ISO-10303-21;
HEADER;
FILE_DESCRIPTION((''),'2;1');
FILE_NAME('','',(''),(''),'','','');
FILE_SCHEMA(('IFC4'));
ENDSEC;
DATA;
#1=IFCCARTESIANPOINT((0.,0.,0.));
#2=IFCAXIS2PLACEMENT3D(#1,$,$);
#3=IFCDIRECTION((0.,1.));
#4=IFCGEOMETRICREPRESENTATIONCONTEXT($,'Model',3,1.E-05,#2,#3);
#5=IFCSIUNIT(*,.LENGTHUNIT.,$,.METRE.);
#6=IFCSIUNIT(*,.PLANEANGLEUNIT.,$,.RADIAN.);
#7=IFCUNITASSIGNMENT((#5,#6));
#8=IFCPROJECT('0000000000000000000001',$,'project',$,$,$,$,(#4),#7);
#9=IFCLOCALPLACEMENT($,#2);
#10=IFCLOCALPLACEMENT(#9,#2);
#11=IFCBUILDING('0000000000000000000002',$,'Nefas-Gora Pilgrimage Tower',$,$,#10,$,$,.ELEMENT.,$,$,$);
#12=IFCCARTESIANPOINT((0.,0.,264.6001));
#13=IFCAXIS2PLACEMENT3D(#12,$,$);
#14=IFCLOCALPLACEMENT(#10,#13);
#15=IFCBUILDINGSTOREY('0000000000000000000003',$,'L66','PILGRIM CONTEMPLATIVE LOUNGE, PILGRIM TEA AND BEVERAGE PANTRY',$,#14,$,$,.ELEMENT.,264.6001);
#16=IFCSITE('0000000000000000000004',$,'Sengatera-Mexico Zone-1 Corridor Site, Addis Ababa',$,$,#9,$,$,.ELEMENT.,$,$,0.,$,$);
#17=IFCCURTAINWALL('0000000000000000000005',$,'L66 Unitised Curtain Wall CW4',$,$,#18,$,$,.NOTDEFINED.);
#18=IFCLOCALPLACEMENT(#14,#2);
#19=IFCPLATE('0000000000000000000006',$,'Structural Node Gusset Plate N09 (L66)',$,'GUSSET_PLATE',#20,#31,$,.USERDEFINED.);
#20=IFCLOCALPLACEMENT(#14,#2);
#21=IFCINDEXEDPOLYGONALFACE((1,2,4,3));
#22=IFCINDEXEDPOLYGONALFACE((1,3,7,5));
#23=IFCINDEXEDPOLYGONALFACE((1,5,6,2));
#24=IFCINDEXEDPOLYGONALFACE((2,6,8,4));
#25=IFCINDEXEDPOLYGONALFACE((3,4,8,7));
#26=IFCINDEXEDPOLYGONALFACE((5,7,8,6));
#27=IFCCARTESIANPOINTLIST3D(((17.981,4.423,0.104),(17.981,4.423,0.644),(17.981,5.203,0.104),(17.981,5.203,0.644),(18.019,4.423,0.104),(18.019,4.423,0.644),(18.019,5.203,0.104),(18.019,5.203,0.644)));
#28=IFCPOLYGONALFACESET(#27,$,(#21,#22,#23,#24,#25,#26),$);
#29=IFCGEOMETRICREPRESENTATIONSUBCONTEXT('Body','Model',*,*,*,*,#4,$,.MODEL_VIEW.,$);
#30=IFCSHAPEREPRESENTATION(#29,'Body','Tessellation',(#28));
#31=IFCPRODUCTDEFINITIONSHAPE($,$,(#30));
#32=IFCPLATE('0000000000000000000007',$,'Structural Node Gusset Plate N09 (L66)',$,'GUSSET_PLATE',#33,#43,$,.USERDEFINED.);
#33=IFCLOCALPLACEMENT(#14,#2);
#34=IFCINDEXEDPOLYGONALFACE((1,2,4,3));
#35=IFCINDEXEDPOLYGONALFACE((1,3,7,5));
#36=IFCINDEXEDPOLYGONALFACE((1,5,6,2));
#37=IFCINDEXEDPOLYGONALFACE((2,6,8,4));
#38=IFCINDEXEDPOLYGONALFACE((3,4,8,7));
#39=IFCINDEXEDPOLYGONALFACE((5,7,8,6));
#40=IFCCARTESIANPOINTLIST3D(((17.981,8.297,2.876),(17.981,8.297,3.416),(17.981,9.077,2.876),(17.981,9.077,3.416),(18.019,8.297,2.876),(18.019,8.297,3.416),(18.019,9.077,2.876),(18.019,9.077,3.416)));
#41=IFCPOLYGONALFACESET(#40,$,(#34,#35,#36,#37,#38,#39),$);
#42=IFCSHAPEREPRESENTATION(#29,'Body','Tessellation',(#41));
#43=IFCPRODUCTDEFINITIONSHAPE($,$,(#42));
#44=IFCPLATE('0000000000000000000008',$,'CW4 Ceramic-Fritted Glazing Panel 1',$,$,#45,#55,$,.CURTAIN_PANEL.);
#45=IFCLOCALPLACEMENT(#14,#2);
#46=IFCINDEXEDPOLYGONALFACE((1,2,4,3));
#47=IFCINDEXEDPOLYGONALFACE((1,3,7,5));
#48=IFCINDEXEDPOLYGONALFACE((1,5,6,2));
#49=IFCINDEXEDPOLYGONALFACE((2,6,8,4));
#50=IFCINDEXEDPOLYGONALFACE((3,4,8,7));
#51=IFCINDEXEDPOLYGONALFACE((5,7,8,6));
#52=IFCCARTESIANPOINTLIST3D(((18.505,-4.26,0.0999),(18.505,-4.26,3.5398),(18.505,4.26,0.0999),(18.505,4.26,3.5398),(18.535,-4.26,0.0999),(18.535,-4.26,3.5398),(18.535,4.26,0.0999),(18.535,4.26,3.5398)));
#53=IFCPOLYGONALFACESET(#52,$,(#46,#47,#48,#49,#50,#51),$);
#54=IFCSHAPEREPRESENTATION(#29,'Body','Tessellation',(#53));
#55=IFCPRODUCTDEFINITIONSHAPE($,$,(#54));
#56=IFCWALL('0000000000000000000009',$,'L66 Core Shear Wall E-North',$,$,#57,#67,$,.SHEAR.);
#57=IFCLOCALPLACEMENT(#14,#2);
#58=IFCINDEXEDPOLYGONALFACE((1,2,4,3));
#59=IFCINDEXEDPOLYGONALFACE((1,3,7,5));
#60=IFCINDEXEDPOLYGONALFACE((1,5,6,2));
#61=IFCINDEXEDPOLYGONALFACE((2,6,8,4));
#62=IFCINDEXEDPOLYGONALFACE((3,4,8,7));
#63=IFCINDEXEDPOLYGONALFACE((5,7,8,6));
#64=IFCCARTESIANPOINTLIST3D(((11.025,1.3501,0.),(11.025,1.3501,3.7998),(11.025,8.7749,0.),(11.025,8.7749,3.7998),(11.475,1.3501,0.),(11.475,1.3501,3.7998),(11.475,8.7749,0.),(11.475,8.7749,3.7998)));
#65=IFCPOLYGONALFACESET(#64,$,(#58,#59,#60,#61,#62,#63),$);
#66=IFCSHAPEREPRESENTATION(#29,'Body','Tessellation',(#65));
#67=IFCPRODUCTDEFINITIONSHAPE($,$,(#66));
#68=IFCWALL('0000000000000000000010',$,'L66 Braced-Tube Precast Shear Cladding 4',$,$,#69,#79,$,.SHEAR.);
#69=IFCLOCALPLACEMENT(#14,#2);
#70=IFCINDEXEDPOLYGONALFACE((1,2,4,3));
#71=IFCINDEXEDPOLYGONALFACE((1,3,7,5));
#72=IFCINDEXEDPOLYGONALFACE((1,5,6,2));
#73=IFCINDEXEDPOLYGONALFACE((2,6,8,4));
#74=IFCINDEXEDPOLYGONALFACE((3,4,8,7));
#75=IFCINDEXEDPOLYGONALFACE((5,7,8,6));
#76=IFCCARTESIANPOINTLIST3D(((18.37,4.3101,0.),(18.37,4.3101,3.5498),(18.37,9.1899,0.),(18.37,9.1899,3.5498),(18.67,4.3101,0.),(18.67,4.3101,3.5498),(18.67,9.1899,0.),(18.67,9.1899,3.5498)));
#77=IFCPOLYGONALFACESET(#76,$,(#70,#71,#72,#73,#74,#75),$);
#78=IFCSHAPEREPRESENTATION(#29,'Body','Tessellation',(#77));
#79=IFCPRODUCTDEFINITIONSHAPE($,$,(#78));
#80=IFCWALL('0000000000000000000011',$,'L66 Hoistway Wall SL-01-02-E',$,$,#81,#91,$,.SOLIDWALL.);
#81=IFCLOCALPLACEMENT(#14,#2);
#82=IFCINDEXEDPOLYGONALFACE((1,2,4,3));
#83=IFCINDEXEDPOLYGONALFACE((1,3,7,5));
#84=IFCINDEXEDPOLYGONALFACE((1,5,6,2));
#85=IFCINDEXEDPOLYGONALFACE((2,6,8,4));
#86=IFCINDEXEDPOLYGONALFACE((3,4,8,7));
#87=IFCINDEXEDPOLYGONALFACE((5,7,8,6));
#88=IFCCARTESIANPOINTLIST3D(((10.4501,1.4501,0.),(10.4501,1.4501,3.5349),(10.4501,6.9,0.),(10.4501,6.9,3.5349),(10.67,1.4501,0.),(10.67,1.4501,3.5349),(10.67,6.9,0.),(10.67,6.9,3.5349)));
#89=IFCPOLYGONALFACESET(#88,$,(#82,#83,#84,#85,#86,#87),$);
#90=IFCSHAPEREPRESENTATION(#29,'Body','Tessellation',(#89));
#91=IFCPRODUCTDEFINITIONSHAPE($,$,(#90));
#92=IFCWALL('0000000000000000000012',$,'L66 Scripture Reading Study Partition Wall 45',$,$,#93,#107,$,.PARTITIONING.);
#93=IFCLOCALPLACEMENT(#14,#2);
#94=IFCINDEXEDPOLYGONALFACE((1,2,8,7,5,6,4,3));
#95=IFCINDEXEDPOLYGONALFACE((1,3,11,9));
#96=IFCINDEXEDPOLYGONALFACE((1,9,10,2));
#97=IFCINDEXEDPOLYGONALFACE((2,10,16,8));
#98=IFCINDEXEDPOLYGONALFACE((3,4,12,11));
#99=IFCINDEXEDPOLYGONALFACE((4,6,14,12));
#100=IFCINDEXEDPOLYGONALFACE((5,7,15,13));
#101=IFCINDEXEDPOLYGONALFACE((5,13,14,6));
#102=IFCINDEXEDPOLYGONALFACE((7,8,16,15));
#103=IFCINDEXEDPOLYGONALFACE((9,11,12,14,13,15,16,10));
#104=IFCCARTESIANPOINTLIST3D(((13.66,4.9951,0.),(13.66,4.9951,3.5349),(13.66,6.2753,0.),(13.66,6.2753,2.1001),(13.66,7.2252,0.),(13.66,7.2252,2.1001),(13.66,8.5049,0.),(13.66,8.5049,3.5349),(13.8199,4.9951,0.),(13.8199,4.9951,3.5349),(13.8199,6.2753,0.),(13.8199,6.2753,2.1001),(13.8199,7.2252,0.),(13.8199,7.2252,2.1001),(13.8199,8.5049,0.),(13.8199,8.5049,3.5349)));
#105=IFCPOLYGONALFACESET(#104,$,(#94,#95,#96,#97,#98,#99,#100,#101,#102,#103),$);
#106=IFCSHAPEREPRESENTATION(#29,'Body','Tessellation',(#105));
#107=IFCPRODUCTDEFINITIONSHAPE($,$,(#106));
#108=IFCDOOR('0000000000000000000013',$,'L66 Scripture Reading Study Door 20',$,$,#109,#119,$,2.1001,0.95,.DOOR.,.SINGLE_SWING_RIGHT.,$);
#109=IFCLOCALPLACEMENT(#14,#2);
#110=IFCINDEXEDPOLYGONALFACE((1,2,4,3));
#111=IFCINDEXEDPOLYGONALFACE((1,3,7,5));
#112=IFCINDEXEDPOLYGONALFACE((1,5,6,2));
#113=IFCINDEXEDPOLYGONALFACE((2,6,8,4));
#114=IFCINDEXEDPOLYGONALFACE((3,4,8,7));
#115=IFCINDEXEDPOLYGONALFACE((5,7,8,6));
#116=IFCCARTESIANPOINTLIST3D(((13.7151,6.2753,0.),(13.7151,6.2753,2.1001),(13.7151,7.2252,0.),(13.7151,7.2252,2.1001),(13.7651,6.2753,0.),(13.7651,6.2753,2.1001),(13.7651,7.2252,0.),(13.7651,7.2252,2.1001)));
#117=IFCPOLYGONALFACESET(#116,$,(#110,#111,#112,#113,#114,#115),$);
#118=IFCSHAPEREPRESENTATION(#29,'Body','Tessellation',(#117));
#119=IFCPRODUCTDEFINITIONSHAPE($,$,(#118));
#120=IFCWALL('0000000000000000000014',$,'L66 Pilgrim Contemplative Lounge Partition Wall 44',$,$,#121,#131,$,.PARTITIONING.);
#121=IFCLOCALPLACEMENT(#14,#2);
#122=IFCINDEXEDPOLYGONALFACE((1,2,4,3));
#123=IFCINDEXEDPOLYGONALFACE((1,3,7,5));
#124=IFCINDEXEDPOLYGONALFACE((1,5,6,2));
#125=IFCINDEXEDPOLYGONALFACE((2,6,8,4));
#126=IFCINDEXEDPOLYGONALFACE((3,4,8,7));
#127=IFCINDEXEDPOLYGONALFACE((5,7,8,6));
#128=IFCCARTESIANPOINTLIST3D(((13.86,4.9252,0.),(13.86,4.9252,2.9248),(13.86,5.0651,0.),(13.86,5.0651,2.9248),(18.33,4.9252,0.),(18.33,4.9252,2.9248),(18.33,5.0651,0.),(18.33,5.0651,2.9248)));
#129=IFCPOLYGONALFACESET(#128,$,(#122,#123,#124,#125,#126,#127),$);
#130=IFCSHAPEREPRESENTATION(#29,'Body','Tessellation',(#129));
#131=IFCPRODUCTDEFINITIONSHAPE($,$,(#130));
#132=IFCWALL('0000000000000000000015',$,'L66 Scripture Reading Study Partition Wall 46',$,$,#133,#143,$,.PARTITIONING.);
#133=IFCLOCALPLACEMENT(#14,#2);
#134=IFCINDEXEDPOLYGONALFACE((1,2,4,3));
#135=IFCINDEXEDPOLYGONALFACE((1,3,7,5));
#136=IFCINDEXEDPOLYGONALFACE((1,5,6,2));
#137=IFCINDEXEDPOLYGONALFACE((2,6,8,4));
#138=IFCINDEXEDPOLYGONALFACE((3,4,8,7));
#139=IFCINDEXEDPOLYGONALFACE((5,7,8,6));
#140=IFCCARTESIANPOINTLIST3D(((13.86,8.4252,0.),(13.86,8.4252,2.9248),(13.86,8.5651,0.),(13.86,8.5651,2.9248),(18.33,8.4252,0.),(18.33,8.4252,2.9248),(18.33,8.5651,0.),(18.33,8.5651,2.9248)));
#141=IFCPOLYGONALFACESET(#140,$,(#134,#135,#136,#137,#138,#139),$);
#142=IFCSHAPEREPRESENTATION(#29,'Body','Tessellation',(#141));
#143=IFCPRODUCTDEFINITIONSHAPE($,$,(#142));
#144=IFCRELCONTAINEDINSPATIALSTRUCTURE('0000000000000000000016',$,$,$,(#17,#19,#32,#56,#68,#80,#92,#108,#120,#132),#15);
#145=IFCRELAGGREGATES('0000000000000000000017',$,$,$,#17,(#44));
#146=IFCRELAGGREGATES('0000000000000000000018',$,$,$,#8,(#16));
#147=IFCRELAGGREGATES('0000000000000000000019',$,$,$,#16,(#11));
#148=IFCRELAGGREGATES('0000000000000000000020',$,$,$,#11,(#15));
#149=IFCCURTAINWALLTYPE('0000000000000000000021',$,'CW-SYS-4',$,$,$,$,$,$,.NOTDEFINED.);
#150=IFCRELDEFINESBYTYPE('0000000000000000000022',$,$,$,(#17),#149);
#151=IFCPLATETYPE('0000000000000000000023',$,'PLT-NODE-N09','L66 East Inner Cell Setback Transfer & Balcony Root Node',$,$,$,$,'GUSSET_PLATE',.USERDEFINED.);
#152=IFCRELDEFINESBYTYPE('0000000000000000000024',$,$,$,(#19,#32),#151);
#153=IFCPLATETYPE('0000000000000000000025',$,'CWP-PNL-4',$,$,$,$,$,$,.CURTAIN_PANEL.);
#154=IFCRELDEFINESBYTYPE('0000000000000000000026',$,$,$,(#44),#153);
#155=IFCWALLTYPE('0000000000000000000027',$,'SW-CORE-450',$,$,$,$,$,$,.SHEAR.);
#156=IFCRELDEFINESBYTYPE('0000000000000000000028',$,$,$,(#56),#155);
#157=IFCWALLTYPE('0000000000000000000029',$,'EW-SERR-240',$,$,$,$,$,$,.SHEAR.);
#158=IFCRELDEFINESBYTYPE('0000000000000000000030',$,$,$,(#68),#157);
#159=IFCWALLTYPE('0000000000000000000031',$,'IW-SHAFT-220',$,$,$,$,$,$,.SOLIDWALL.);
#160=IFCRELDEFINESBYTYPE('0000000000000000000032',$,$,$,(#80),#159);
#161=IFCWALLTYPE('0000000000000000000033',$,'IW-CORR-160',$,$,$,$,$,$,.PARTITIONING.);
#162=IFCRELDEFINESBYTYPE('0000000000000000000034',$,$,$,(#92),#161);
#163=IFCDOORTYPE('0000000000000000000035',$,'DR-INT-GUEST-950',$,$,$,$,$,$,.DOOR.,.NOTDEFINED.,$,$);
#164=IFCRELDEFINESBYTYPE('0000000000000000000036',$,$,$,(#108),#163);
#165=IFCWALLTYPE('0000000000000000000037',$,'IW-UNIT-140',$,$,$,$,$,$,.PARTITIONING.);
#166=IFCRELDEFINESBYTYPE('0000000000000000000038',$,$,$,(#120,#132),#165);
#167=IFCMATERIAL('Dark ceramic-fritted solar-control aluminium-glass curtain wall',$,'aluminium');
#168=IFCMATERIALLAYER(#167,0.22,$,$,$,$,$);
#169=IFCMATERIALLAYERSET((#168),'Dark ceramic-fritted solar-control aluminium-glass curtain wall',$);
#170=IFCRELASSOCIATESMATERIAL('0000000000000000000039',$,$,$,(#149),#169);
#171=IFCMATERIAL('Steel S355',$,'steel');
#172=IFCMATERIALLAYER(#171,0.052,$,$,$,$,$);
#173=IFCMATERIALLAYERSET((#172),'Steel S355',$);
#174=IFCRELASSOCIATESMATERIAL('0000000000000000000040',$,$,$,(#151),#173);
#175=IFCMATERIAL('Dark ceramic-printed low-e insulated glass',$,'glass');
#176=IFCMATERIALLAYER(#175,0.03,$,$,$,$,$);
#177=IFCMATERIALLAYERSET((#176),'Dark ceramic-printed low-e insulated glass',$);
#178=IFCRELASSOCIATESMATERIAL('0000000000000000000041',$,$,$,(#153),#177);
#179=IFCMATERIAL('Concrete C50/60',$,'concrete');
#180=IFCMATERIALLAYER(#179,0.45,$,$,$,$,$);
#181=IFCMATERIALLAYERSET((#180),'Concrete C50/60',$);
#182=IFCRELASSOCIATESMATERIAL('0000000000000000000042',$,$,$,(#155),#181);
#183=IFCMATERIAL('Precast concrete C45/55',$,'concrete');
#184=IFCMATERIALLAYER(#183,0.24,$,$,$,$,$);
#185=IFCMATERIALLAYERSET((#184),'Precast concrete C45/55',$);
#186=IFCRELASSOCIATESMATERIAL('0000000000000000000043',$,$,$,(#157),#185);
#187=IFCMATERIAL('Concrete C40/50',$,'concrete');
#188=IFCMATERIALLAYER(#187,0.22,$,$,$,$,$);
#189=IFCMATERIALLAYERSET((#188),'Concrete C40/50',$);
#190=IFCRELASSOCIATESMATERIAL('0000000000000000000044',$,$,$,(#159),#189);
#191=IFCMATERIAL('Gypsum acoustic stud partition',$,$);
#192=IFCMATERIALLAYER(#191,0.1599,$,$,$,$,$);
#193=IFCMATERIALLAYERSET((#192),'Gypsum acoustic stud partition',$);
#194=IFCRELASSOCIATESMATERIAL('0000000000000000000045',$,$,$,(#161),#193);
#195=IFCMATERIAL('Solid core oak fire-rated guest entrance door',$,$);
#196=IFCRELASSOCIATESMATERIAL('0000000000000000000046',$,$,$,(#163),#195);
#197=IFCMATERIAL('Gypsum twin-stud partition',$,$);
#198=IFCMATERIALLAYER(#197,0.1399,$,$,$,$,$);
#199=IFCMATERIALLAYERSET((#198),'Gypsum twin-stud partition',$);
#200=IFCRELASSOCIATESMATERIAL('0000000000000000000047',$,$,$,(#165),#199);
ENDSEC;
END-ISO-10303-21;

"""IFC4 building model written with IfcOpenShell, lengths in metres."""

from ifc_helpers import new_model, si_unit, direction, frame, frame_2d, origin, origin_2d, place, context, subcontext, project, spatial, rectangle, extrude, source, transform, mapped, material, layer, layer_set, type_object, element, fill, aggregate, save


model = new_model("IFC4")

# Units and contexts
model_context = context("Model", 3, precision=1e-05, world=origin(), true_north=direction((0.0, 1.0)))
body_context = subcontext(model_context, "Body", "Model", "MODEL_VIEW")
ifc_project = project(units=[si_unit("LENGTHUNIT", "METRE"), si_unit("PLANEANGLEUNIT", "RADIAN")], contexts=[model_context])

# Site, building, storey
site_placement = place(None, origin())
site = spatial("IfcSite", under=ifc_project, at=site_placement, Name="Sengatera-Mexico Zone-1 Corridor Site, Addis Ababa", CompositionType="ELEMENT", RefElevation=0.0)
building_placement = place(site_placement, origin())
building = spatial("IfcBuilding", under=site, at=building_placement, Name="Nefas-Gora Pilgrimage Tower", CompositionType="ELEMENT")
storey_placement = place(building_placement, frame((0.0, 0.0, 264.6001)))
storey = spatial("IfcBuildingStorey", under=building, at=storey_placement, Name="L66", Description="PILGRIM CONTEMPLATIVE LOUNGE, PILGRIM TEA AND BEVERAGE PANTRY", CompositionType="ELEMENT", Elevation=264.6001)

# Shared definitions
ifc_material_1 = material(Name="Steel S355", Category="steel")

# Curtain wall
ifc_material_2 = material(Name="Dark ceramic-fritted solar-control aluminium-glass curtain wall", Category="aluminium")
ifc_layer_1 = layer(ifc_material_2, 0.22)
ifc_layer_set_1 = layer_set([ifc_layer_1], Name="Dark ceramic-fritted solar-control aluminium-glass curtain wall")
curtain_wall_type = type_object("IfcCurtainWallType", Name="CW-SYS-4", PredefinedType="NOTDEFINED", material=ifc_layer_set_1)
curtain_wall_placement = place(storey_placement, origin())
curtain_wall = element("IfcCurtainWall", 1, at=curtain_wall_placement, inside=storey, type_object=curtain_wall_type, Name="L66 Unitised Curtain Wall CW4", PredefinedType="NOTDEFINED")

# Plates
ifc_layer_2 = layer(ifc_material_1, 0.052)
ifc_layer_set_2 = layer_set([ifc_layer_2], Name="Steel S355")
plate_type_1 = type_object("IfcPlateType", Name="PLT-NODE-N09", Description="L66 East Inner Cell Setback Transfer & Balcony Root Node", ElementType="GUSSET_PLATE", PredefinedType="USERDEFINED", material=ifc_layer_set_2)
shared_shape_1 = source(origin(), body_context, "Body", "SweptSolid", [
    extrude(rectangle(XDim=0.78, YDim=0.0381, at=origin_2d()), origin(), (0.0, 0.0, 1.0), 0.54),
])
for number, where, z_axis, x_axis, name in (
    (2, (18.0, 4.813, 0.104), (0.0, 0.0, 1.0), (0.0, 1.0, 0.0), "Structural Node Gusset Plate N09 (L66)"),
    (3, (18.0, 8.687, 2.876), (0.0, 0.0, 1.0), (0.0, 1.0, 0.0), "Structural Node Gusset Plate N09 (L66)"),
):
    element("IfcPlate", number, at=place(storey_placement, frame(where, z_axis=z_axis, x_axis=x_axis)), inside=storey, type_object=plate_type_1, Name=name, ObjectType="GUSSET_PLATE", PredefinedType="USERDEFINED", context=body_context, shape_type="MappedRepresentation", body=[
        mapped(shared_shape_1, transform((0.0, 0.0, 0.0), x_axis=(1.0, 0.0, 0.0), y_axis=(0.0, 1.0, 0.0), z_axis=(0.0, 0.0, 1.0), scale=1.0)),
    ])

# Plate
ifc_material_3 = material(Name="Dark ceramic-printed low-e insulated glass", Category="glass")
ifc_layer_3 = layer(ifc_material_3, 0.03)
ifc_layer_set_3 = layer_set([ifc_layer_3], Name="Dark ceramic-printed low-e insulated glass")
plate_type_2 = type_object("IfcPlateType", Name="CWP-PNL-4", PredefinedType="CURTAIN_PANEL", material=ifc_layer_set_3)
shared_shape_2 = source(origin(), body_context, "Body", "SweptSolid", [
    extrude(rectangle(XDim=8.52, YDim=0.03, at=origin_2d()), origin(), (0.0, 0.0, 1.0), 3.4399),
])
plate_placement = place(storey_placement, frame((18.52, 0.0, 0.0999), z_axis=(0.0, 0.0, 1.0), x_axis=(0.0, 1.0, 0.0)))
plate = element("IfcPlate", 4, at=plate_placement, type_object=plate_type_2, Name="CW4 Ceramic-Fritted Glazing Panel 1", PredefinedType="CURTAIN_PANEL", context=body_context, shape_type="MappedRepresentation", body=[
    mapped(shared_shape_2, transform((0.0, 0.0, 0.0), x_axis=(1.0, 0.0, 0.0), y_axis=(0.0, 1.0, 0.0), z_axis=(0.0, 0.0, 1.0), scale=1.0)),
])
aggregate(curtain_wall, [plate])

# Walls
ifc_material_4 = material(Name="Concrete C50/60", Category="concrete")
ifc_layer_4 = layer(ifc_material_4, 0.45)
ifc_layer_set_4 = layer_set([ifc_layer_4], Name="Concrete C50/60")
wall_type_1 = type_object("IfcWallType", Name="SW-CORE-450", PredefinedType="SHEAR", material=ifc_layer_set_4)
shared_shape_3 = source(origin(), body_context, "Body", "SweptSolid", [
    extrude(rectangle(XDim=7.4248, YDim=0.45, at=frame_2d((3.7124, 0.0))), origin(), (0.0, 0.0, 1.0), 3.7998),
])
wall_1_placement = place(storey_placement, frame((11.25, 1.3501, 0.0), z_axis=(0.0, 0.0, 1.0), x_axis=(0.0, 1.0, 0.0)))
element("IfcWall", 5, at=wall_1_placement, inside=storey, type_object=wall_type_1, Name="L66 Core Shear Wall E-North", PredefinedType="SHEAR", context=body_context, shape_type="MappedRepresentation", body=[
    mapped(shared_shape_3, transform((0.0, 0.0, 0.0), x_axis=(1.0, 0.0, 0.0), y_axis=(0.0, 1.0, 0.0), z_axis=(0.0, 0.0, 1.0), scale=1.0)),
])
ifc_material_5 = material(Name="Precast concrete C45/55", Category="concrete")
ifc_layer_5 = layer(ifc_material_5, 0.24)
ifc_layer_set_5 = layer_set([ifc_layer_5], Name="Precast concrete C45/55")
wall_type_2 = type_object("IfcWallType", Name="EW-SERR-240", PredefinedType="SHEAR", material=ifc_layer_set_5)
shared_shape_4 = source(origin(), body_context, "Body", "SweptSolid", [
    extrude(rectangle(XDim=4.8799, YDim=0.3, at=frame_2d((2.4399, 0.0))), origin(), (0.0, 0.0, 1.0), 3.5498),
])
wall_2_placement = place(storey_placement, frame((18.52, 4.3101, 0.0), z_axis=(0.0, 0.0, 1.0), x_axis=(0.0, 1.0, 0.0)))
element("IfcWall", 6, at=wall_2_placement, inside=storey, type_object=wall_type_2, Name="L66 Braced-Tube Precast Shear Cladding 4", PredefinedType="SHEAR", context=body_context, shape_type="MappedRepresentation", body=[
    mapped(shared_shape_4, transform((0.0, 0.0, 0.0), x_axis=(1.0, 0.0, 0.0), y_axis=(0.0, 1.0, 0.0), z_axis=(0.0, 0.0, 1.0), scale=1.0)),
])
ifc_material_6 = material(Name="Concrete C40/50", Category="concrete")
ifc_layer_6 = layer(ifc_material_6, 0.22)
ifc_layer_set_6 = layer_set([ifc_layer_6], Name="Concrete C40/50")
wall_type_3 = type_object("IfcWallType", Name="IW-SHAFT-220", PredefinedType="SOLIDWALL", material=ifc_layer_set_6)
shared_shape_5 = source(origin(), body_context, "Body", "SweptSolid", [
    extrude(rectangle(XDim=5.45, YDim=0.22, at=frame_2d((2.7251, 0.0))), origin(), (0.0, 0.0, 1.0), 3.5349),
])
wall_3_placement = place(storey_placement, frame((10.5601, 1.45, 0.0), z_axis=(0.0, 0.0, 1.0), x_axis=(0.0, 1.0, 0.0)))
element("IfcWall", 7, at=wall_3_placement, inside=storey, type_object=wall_type_3, Name="L66 Hoistway Wall SL-01-02-E", PredefinedType="SOLIDWALL", context=body_context, shape_type="MappedRepresentation", body=[
    mapped(shared_shape_5, transform((0.0, 0.0, 0.0), x_axis=(1.0, 0.0, 0.0), y_axis=(0.0, 1.0, 0.0), z_axis=(0.0, 0.0, 1.0), scale=1.0)),
])

# Wall, opening, door
ifc_material_7 = material(Name="Gypsum acoustic stud partition")
ifc_layer_7 = layer(ifc_material_7, 0.1599)
ifc_layer_set_7 = layer_set([ifc_layer_7], Name="Gypsum acoustic stud partition")
wall_type_4 = type_object("IfcWallType", Name="IW-CORR-160", PredefinedType="PARTITIONING", material=ifc_layer_set_7)
shared_shape_6 = source(origin(), body_context, "Body", "SweptSolid", [
    extrude(rectangle(XDim=3.5098, YDim=0.1599, at=frame_2d((1.7549, 0.0))), origin(), (0.0, 0.0, 1.0), 3.5349),
])
wall_4_placement = place(storey_placement, frame((13.74, 4.9951, 0.0), z_axis=(0.0, 0.0, 1.0), x_axis=(0.0, 1.0, 0.0)))
wall_4 = element("IfcWall", 8, at=wall_4_placement, inside=storey, type_object=wall_type_4, Name="L66 Scripture Reading Study Partition Wall 45", PredefinedType="PARTITIONING", context=body_context, shape_type="MappedRepresentation", body=[
    mapped(shared_shape_6, transform((0.0, 0.0, 0.0), x_axis=(1.0, 0.0, 0.0), y_axis=(0.0, 1.0, 0.0), z_axis=(0.0, 0.0, 1.0), scale=1.0)),
])
opening_1_placement = place(wall_4_placement, frame((1.28, 0.0, 0.0)))
opening_1 = element("IfcOpeningElement", 9, at=opening_1_placement, cuts=wall_4, PredefinedType="OPENING", context=body_context, shape_type="SweptSolid", body=[
    extrude(rectangle(XDim=0.95, YDim=2.1001, at=frame_2d((0.4751, 1.05))), frame((0.0, 0.0898, 0.0), z_axis=(0.0, -1.0, 0.0), x_axis=(1.0, 0.0, 0.0)), (0.0, 0.0, 1.0), 0.1799),
])
ifc_material_8 = material(Name="Solid core oak fire-rated guest entrance door")
door_type = type_object("IfcDoorType", Name="DR-INT-GUEST-950", OperationType="NOTDEFINED", PredefinedType="DOOR", material=ifc_material_8)
shared_shape_7 = source(origin(), body_context, "Body", "SweptSolid", [
    extrude(rectangle(XDim=0.95, YDim=2.1001, at=frame_2d((0.4751, 1.05))), frame((0.0, 0.0249, 0.0), z_axis=(0.0, -1.0, 0.0), x_axis=(1.0, 0.0, 0.0)), (0.0, 0.0, 1.0), 0.05),
])
door_1_placement = place(opening_1_placement, origin())
door_1 = element("IfcDoor", 10, at=door_1_placement, inside=storey, type_object=door_type, Name="L66 Scripture Reading Study Door 20", OperationType="SINGLE_SWING_RIGHT", OverallHeight=2.1001, OverallWidth=0.95, PredefinedType="DOOR", context=body_context, shape_type="MappedRepresentation", body=[
    mapped(shared_shape_7, transform((0.0, 0.0, 0.0), x_axis=(1.0, 0.0, 0.0), y_axis=(0.0, 1.0, 0.0), z_axis=(0.0, 0.0, 1.0), scale=1.0)),
])
fill(opening_1, door_1)

# Walls
ifc_material_9 = material(Name="Gypsum twin-stud partition")
ifc_layer_8 = layer(ifc_material_9, 0.1399)
ifc_layer_set_8 = layer_set([ifc_layer_8], Name="Gypsum twin-stud partition")
wall_type_5 = type_object("IfcWallType", Name="IW-UNIT-140", PredefinedType="PARTITIONING", material=ifc_layer_set_8)
shared_shape_8 = source(origin(), body_context, "Body", "SweptSolid", [
    extrude(rectangle(XDim=4.47, YDim=0.1399, at=frame_2d((2.2349, 0.0))), origin(), (0.0, 0.0, 1.0), 2.9248),
])
for number, where, z_axis, x_axis, name in (
    (11, (13.8601, 4.9951, 0.0), (0.0, 0.0, 1.0), (1.0, 0.0, 0.0), "L66 Pilgrim Contemplative Lounge Partition Wall 44"),
    (12, (13.8601, 8.4951, 0.0), (0.0, 0.0, 1.0), (1.0, 0.0, 0.0), "L66 Scripture Reading Study Partition Wall 46"),
):
    element("IfcWall", number, at=place(storey_placement, frame(where, z_axis=z_axis, x_axis=x_axis)), inside=storey, type_object=wall_type_5, Name=name, PredefinedType="PARTITIONING", context=body_context, shape_type="MappedRepresentation", body=[
        mapped(shared_shape_8, transform((0.0, 0.0, 0.0), x_axis=(1.0, 0.0, 0.0), y_axis=(0.0, 1.0, 0.0), z_axis=(0.0, 0.0, 1.0), scale=1.0)),
    ])

save(model, "model.ifc")
